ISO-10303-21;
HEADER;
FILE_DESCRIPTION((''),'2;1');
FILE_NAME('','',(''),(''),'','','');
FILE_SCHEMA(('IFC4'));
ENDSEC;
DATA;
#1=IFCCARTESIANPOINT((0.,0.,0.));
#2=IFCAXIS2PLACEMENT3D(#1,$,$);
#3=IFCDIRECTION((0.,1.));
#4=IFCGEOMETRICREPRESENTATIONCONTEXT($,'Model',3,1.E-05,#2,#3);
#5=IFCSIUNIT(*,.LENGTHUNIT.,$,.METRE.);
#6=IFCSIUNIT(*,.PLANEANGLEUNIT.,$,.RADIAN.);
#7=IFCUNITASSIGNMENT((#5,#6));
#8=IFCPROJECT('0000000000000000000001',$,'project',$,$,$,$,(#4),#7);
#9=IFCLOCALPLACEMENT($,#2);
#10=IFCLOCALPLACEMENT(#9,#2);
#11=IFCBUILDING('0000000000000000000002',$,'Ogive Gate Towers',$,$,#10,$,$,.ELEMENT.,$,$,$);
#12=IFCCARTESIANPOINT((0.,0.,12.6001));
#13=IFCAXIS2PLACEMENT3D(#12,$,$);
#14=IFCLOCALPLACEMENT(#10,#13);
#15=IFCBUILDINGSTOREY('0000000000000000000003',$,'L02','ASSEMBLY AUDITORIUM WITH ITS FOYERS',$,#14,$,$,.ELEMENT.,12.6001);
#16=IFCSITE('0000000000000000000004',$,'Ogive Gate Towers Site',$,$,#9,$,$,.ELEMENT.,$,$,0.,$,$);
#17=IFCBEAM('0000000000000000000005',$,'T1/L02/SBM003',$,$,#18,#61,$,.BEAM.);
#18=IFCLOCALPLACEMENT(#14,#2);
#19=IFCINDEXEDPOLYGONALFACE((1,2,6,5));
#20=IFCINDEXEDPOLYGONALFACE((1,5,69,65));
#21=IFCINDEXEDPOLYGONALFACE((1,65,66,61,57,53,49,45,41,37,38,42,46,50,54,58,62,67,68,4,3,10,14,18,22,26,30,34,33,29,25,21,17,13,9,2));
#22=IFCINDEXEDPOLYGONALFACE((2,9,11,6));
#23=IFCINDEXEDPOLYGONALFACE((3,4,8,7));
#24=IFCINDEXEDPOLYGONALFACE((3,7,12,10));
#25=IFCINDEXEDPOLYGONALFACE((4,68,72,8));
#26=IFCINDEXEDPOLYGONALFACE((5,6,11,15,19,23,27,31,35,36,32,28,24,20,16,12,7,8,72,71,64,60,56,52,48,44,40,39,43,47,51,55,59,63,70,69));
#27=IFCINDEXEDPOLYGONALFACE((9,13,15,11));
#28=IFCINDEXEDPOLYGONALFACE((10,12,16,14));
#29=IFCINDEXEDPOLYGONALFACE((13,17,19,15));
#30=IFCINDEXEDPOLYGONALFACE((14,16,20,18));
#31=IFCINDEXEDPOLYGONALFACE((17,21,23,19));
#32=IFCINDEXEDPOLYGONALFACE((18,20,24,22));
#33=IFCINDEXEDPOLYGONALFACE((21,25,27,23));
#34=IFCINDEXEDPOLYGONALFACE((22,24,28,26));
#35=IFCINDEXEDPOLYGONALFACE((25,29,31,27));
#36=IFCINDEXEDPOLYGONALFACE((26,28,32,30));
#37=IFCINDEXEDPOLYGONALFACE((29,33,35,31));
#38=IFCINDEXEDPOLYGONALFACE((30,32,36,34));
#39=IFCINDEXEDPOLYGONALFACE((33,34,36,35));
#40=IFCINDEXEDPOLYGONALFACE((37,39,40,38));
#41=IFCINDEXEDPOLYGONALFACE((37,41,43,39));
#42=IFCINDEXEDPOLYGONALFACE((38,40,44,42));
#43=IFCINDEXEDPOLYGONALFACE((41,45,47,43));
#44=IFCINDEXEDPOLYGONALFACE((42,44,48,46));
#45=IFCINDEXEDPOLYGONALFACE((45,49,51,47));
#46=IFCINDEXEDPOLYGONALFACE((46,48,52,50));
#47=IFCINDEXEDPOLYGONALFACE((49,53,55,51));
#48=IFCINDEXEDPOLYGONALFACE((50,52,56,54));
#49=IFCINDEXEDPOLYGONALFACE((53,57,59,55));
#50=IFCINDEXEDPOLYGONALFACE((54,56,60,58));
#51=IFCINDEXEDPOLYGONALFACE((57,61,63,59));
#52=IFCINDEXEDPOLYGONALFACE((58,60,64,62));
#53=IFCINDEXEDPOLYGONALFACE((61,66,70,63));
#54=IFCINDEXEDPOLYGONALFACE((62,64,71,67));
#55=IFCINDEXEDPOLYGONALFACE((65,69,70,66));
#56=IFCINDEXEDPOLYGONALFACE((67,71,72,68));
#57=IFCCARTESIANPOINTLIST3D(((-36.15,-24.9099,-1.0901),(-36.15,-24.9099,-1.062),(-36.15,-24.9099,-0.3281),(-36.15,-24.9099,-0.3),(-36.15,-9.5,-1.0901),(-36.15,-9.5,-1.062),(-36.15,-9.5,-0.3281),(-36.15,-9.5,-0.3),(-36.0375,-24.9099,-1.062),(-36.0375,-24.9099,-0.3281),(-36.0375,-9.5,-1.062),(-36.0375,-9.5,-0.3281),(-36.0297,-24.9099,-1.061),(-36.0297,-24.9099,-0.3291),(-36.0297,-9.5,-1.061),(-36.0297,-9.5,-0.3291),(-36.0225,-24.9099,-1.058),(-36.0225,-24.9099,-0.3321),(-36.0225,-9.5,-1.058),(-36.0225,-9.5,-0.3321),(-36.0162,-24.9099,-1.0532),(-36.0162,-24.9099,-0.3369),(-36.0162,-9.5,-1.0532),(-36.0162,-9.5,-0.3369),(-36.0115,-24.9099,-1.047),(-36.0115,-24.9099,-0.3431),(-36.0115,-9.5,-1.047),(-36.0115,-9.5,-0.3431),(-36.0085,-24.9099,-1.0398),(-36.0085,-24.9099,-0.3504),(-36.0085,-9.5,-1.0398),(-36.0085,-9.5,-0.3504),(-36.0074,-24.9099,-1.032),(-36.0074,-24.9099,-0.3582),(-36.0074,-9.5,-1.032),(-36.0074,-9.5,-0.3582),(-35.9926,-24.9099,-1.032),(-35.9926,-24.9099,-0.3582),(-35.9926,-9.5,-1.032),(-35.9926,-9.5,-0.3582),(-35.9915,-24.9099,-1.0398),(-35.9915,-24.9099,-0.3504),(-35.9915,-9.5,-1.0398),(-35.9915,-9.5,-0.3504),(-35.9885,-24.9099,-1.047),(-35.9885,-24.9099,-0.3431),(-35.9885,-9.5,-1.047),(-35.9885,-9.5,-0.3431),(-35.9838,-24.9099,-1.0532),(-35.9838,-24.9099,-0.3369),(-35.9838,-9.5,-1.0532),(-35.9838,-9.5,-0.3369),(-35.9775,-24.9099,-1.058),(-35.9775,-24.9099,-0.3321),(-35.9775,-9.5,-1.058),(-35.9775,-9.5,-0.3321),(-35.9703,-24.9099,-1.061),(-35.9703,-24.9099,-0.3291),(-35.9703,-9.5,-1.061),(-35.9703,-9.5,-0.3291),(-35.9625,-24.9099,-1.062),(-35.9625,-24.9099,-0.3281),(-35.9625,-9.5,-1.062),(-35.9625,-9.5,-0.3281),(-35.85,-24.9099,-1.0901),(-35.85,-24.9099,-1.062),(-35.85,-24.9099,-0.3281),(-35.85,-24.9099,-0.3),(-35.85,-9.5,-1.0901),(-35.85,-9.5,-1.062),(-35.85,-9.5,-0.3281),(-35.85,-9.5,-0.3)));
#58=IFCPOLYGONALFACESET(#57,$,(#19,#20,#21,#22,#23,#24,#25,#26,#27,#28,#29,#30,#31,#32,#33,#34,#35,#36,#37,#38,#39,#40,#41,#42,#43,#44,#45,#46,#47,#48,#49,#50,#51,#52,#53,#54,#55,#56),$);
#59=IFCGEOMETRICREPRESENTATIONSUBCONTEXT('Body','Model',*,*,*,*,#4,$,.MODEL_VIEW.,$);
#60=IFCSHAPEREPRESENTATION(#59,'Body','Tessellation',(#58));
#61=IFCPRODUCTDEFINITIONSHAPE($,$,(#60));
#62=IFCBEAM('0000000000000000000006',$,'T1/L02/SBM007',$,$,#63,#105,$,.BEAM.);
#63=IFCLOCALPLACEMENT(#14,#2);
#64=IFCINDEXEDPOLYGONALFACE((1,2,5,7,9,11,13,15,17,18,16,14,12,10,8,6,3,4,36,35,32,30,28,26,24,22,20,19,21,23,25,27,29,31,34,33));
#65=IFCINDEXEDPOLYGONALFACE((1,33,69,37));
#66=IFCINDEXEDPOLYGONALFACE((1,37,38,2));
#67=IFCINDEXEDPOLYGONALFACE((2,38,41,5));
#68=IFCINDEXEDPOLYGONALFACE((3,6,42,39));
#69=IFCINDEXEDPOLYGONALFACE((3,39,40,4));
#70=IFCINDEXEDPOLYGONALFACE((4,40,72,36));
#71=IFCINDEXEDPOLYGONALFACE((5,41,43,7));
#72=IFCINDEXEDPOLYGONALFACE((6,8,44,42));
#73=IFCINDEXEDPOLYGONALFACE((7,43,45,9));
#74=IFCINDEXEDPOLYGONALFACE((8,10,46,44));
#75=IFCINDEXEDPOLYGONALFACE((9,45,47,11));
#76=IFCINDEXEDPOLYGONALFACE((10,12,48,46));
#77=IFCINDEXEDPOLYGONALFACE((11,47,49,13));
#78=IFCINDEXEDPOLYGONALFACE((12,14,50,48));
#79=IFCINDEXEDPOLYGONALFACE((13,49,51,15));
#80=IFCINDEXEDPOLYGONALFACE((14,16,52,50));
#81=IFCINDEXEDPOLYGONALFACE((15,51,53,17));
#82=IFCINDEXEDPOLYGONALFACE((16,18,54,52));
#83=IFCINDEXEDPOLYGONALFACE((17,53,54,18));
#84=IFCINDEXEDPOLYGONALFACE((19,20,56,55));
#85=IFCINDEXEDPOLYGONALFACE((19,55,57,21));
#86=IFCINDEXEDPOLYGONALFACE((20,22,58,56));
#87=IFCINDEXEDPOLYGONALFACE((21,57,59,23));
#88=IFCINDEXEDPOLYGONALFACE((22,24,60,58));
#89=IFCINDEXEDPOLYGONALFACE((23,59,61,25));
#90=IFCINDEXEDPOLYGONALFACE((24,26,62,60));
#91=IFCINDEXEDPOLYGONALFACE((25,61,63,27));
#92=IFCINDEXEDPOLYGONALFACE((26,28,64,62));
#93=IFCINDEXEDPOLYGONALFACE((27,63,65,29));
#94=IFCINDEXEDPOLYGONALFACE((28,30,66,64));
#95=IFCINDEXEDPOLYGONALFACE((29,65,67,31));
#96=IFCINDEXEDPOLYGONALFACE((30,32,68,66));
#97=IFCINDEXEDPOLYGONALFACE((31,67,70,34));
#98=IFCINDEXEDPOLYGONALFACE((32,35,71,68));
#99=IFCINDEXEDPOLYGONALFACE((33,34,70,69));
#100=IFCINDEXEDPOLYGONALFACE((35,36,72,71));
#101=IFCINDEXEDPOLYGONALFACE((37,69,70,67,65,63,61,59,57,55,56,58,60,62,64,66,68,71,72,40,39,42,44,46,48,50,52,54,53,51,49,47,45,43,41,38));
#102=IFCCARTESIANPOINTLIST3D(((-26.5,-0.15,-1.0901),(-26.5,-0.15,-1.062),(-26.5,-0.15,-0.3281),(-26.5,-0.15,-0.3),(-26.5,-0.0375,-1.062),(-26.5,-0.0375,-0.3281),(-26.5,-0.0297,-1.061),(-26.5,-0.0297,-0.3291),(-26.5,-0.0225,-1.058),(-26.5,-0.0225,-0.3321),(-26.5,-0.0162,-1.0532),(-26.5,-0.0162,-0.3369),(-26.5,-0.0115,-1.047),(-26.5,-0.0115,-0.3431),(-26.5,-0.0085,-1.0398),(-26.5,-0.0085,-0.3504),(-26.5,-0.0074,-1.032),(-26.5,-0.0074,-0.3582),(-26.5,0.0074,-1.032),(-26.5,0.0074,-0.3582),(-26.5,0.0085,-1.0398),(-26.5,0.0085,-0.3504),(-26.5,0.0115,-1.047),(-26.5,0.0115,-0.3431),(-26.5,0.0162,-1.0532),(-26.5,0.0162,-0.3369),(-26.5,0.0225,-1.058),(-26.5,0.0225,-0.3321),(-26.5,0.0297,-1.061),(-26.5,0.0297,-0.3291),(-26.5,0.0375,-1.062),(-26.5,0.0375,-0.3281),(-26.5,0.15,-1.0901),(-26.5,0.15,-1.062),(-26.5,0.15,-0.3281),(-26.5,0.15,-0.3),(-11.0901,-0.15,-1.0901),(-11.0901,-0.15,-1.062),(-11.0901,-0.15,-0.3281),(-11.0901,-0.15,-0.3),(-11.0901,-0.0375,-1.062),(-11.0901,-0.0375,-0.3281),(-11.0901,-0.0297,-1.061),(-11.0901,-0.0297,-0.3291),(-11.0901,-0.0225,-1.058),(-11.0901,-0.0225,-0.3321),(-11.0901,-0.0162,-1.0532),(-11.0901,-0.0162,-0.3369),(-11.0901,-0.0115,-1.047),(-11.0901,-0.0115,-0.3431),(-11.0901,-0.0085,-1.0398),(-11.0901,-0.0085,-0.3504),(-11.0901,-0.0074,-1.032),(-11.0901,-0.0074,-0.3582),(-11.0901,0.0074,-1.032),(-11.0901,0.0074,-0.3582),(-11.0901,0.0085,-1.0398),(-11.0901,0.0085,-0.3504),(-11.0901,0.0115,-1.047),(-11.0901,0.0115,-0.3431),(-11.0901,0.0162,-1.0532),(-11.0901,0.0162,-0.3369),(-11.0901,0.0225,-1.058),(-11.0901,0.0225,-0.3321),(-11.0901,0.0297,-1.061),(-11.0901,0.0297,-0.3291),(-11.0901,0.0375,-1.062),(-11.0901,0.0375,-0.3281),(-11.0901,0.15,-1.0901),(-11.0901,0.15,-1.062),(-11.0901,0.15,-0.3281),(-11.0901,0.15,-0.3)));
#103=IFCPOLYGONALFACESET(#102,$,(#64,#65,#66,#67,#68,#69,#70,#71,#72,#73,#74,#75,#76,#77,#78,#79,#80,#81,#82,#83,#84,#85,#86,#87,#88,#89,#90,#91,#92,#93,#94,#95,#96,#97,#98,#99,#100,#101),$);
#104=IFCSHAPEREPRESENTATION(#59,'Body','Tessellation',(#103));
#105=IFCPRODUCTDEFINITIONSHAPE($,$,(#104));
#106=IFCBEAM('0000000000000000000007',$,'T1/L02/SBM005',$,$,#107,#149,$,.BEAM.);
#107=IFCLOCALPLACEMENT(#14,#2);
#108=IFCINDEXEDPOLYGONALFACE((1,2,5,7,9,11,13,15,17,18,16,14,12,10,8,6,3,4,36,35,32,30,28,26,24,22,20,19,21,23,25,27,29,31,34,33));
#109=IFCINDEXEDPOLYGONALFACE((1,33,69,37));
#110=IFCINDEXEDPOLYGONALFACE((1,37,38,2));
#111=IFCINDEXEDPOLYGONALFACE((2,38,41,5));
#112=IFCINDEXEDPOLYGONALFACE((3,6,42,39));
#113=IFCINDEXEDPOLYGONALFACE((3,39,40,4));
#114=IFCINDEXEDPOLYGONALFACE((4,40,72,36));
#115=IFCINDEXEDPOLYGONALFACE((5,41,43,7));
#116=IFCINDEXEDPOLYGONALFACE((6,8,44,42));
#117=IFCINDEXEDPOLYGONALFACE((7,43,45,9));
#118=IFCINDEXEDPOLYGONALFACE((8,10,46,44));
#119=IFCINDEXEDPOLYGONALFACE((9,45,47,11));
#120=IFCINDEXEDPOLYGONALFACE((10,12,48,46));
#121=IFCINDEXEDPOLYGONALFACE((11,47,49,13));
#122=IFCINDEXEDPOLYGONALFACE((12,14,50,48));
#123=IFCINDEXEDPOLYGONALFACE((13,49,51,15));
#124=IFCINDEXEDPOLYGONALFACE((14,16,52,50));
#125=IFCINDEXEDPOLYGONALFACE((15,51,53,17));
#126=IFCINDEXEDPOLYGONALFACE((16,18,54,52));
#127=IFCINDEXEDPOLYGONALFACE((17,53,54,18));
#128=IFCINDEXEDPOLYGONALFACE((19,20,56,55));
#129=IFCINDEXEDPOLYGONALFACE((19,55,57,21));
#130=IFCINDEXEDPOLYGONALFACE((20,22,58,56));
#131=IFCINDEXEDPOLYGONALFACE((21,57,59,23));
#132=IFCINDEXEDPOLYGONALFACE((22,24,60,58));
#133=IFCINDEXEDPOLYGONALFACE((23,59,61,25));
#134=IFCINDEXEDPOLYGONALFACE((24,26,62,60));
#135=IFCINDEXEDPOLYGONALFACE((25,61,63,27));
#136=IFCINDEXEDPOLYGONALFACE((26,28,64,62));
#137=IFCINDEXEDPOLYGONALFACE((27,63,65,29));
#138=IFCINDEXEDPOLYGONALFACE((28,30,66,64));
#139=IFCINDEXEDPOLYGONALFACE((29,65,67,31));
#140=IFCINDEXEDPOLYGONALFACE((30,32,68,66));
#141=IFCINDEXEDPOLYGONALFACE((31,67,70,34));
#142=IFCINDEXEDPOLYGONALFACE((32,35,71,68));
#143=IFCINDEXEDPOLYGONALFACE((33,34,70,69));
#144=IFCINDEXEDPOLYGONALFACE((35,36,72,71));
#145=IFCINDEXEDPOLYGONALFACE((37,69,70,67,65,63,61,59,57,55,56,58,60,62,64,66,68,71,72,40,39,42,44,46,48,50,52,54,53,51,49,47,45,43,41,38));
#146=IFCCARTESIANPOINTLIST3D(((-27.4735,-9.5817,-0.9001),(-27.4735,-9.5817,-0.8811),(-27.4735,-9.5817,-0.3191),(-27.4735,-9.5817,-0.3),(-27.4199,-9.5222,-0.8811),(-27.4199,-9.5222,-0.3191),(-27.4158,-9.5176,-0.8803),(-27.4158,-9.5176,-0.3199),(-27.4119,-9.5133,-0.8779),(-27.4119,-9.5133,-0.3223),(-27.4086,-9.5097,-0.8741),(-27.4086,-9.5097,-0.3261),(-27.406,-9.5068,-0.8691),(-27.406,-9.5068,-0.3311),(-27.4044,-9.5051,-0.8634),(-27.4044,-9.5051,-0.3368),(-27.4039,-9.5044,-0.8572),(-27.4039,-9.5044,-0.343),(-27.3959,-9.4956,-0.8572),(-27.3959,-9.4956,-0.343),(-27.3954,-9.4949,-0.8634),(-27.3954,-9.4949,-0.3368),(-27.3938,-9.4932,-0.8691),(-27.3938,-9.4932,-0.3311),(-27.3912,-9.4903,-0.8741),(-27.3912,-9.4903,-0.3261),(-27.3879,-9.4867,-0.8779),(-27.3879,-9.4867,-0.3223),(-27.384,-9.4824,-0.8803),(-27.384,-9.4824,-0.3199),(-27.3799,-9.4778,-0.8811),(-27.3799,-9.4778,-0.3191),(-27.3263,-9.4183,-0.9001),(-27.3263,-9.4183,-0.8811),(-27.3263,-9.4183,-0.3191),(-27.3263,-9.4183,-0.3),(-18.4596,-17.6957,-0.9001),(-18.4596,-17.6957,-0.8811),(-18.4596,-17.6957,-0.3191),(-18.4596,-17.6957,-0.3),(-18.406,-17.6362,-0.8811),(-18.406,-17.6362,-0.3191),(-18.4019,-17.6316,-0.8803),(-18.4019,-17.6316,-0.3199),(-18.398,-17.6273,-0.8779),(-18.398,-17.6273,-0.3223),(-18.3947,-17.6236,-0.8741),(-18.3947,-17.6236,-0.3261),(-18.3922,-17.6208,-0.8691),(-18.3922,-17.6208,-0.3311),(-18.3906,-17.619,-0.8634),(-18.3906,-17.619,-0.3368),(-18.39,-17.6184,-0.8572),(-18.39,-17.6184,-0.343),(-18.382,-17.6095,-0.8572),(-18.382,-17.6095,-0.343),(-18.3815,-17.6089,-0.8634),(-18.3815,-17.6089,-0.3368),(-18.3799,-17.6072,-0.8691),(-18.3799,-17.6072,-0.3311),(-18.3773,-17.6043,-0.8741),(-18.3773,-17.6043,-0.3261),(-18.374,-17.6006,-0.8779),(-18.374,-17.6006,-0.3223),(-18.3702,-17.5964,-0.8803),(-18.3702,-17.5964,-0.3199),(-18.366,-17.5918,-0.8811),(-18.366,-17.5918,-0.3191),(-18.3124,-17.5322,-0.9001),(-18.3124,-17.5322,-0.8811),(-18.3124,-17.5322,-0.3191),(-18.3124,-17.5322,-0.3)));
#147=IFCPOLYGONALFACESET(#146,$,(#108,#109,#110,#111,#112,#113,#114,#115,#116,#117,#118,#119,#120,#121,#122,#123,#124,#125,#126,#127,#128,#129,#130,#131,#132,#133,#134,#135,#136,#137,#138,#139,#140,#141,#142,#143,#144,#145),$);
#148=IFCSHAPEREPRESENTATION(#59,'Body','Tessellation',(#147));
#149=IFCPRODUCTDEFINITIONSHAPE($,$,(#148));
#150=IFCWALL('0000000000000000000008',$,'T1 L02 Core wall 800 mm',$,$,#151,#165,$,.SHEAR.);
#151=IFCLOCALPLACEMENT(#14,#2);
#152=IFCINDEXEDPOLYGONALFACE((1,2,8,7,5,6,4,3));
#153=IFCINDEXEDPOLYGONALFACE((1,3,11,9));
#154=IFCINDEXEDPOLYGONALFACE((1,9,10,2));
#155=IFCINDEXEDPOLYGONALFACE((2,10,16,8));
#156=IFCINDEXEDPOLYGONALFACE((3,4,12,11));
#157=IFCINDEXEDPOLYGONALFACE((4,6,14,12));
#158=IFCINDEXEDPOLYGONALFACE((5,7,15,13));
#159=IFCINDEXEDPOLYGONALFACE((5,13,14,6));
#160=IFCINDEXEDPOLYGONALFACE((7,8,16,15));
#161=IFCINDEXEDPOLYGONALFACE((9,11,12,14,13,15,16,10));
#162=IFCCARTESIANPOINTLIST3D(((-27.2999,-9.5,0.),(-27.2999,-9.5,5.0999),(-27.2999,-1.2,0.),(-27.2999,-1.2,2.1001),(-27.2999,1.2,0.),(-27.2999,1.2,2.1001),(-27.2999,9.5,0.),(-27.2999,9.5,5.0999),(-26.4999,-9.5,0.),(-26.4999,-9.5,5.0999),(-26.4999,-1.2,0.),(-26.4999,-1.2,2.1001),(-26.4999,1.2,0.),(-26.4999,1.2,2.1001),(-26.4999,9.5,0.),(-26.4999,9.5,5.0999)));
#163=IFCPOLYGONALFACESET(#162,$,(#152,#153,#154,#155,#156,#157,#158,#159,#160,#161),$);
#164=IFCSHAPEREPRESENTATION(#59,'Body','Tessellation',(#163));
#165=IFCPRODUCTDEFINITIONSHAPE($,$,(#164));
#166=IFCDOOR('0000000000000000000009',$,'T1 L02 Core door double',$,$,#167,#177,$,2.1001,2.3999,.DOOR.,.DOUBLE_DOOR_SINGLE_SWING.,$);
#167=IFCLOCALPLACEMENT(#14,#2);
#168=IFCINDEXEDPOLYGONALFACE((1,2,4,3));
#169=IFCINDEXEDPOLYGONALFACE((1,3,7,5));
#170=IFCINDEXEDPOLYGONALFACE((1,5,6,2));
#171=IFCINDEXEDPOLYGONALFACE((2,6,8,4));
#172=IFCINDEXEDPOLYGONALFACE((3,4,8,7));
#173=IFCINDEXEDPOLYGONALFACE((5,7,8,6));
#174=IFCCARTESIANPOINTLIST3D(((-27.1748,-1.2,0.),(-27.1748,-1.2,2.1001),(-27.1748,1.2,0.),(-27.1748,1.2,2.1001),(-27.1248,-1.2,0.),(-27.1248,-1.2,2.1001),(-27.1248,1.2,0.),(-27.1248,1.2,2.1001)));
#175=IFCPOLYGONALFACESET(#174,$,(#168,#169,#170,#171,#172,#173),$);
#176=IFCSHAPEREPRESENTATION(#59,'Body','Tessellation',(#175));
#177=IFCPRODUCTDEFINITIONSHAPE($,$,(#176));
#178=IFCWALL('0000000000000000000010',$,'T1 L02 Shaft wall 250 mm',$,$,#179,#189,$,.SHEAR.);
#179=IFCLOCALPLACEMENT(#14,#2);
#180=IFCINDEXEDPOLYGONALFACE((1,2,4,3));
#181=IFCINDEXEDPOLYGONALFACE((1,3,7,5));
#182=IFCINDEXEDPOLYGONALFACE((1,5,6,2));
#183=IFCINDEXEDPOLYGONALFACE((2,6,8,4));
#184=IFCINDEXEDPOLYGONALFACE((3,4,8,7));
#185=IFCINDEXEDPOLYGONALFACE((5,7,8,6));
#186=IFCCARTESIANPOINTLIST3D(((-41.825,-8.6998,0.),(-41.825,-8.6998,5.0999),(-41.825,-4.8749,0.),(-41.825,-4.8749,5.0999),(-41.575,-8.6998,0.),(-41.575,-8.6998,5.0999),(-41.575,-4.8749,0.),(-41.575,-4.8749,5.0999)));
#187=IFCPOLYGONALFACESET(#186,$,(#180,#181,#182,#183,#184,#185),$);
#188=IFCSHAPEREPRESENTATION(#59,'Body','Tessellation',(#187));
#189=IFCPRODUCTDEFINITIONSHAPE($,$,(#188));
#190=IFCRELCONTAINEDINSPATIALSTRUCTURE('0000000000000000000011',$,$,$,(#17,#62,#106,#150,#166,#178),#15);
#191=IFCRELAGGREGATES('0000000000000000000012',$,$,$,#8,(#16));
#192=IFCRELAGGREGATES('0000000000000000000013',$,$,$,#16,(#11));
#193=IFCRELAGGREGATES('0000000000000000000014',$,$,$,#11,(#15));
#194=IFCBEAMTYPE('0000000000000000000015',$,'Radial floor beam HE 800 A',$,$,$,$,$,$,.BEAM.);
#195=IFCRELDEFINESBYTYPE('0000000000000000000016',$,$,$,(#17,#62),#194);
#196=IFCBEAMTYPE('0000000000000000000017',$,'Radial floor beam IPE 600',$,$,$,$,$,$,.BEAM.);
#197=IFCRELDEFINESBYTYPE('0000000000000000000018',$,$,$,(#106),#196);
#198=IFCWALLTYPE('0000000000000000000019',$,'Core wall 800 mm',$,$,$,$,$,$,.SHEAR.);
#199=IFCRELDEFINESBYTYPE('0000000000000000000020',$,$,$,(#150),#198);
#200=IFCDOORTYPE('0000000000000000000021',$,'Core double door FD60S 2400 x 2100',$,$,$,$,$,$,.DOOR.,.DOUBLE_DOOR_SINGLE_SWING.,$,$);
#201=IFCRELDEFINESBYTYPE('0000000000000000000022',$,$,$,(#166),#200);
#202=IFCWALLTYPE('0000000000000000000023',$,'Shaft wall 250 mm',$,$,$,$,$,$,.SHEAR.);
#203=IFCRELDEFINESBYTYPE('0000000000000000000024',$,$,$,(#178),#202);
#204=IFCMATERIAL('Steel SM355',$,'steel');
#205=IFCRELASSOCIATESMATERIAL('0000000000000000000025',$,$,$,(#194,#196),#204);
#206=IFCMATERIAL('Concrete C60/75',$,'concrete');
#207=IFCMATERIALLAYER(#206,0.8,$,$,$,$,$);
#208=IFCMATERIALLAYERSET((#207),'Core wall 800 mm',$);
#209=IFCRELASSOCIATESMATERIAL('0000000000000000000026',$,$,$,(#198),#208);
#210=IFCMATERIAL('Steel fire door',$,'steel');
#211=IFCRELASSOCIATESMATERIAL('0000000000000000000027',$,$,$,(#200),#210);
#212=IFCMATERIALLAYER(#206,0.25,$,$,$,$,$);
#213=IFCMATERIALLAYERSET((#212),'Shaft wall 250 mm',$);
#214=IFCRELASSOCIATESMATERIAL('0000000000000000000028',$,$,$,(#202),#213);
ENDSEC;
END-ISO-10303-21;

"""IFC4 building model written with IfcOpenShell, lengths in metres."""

from ifc_helpers import new_model, si_unit, direction, frame, frame_2d, origin, origin_2d, place, context, subcontext, project, spatial, rectangle, i_section, extrude, material, layer, layer_set, material_profile, profile_set, type_object, element, fill, save


model = new_model("IFC4")

# Units and contexts
model_context = context("Model", 3, precision=1e-05, world=origin(), true_north=direction((0.0, 1.0)))
body_context = subcontext(model_context, "Body", "Model", "MODEL_VIEW")
ifc_project = project(units=[si_unit("LENGTHUNIT", "METRE"), si_unit("PLANEANGLEUNIT", "RADIAN")], contexts=[model_context])

# Site, building, storey
site_placement = place(None, origin())
site = spatial("IfcSite", under=ifc_project, at=site_placement, Name="Ogive Gate Towers Site", CompositionType="ELEMENT", RefElevation=0.0)
building_placement = place(site_placement, origin())
building = spatial("IfcBuilding", under=site, at=building_placement, Name="Ogive Gate Towers", CompositionType="ELEMENT")
storey_placement = place(building_placement, frame((0.0, 0.0, 12.6001)))
storey = spatial("IfcBuildingStorey", under=building, at=storey_placement, Name="L02", Description="ASSEMBLY AUDITORIUM WITH ITS FOYERS", CompositionType="ELEMENT", Elevation=12.6001)

# Beams
ifc_material_1 = material(Name="Steel SM355", Category="steel")
ifc_material_profile_1 = material_profile(ifc_material_1, i_section(OverallWidth=0.3, OverallDepth=0.79, WebThickness=0.0149, FlangeThickness=0.0281, FilletRadius=0.03, at=origin_2d()), Name="HE 800 A")
ifc_profile_set_1 = profile_set([ifc_material_profile_1], Name="Steel SM355")
beam_type_1 = type_object("IfcBeamType", Name="Radial floor beam HE 800 A", PredefinedType="BEAM", material=ifc_profile_set_1)
for number, where, z_axis, x_axis, name in (
    (1, (-36.0, -9.5, -0.6951), (0.0, -1.0, 0.0), (1.0, 0.0, 0.0), "T1/L02/SBM003"),
    (2, (-26.5, 0.0, -0.6951), (1.0, 0.0, 0.0), (0.0, 1.0, 0.0), "T1/L02/SBM007"),
):
    element("IfcBeam", number, at=place(storey_placement, frame(where, z_axis=z_axis, x_axis=x_axis)), inside=storey, type_object=beam_type_1, Name=name, PredefinedType="BEAM", context=body_context, shape_type="SweptSolid", body=[
        extrude(i_section(OverallWidth=0.3, OverallDepth=0.79, WebThickness=0.0149, FlangeThickness=0.0281, FilletRadius=0.03, at=origin_2d()), origin(), (0.0, 0.0, 1.0), 15.4099),
    ])
ifc_material_profile_2 = material_profile(ifc_material_1, i_section(OverallWidth=0.22, OverallDepth=0.6001, WebThickness=0.012, FlangeThickness=0.019, FilletRadius=0.0239, at=origin_2d()), Name="IPE 600")
ifc_profile_set_2 = profile_set([ifc_material_profile_2], Name="Steel SM355")
beam_type_2 = type_object("IfcBeamType", Name="Radial floor beam IPE 600", PredefinedType="BEAM", material=ifc_profile_set_2)
beam_1_placement = place(storey_placement, frame((-27.3999, -9.5, -0.6001), z_axis=(0.743233, -0.669033, 0.0), x_axis=(0.669033, 0.743233, 0.0)))
element("IfcBeam", 3, at=beam_1_placement, inside=storey, type_object=beam_type_2, Name="T1/L02/SBM005", PredefinedType="BEAM", context=body_context, shape_type="SweptSolid", body=[
    extrude(i_section(OverallWidth=0.22, OverallDepth=0.6001, WebThickness=0.012, FlangeThickness=0.019, FilletRadius=0.0239, at=origin_2d()), origin(), (0.0, 0.0, 1.0), 12.1279),
])

# Wall, opening, door
ifc_material_2 = material(Name="Concrete C60/75", Category="concrete")
ifc_layer_1 = layer(ifc_material_2, 0.8)
ifc_layer_set_1 = layer_set([ifc_layer_1], Name="Core wall 800 mm")
wall_type_1 = type_object("IfcWallType", Name="Core wall 800 mm", PredefinedType="SHEAR", material=ifc_layer_set_1)
wall_1_placement = place(storey_placement, frame((-26.8999, -9.5, 0.0), z_axis=(0.0, 0.0, 1.0), x_axis=(0.0, 1.0, 0.0)))
wall_1 = element("IfcWall", 4, at=wall_1_placement, inside=storey, type_object=wall_type_1, Name="T1 L02 Core wall 800 mm", PredefinedType="SHEAR", context=body_context, shape_type="SweptSolid", body=[
    extrude(rectangle(XDim=19.0, YDim=0.8, at=frame_2d((9.5, 0.0))), origin(), (0.0, 0.0, 1.0), 5.0999),
])
opening_1_placement = place(wall_1_placement, frame((8.3, 0.0, 0.0)))
opening_1 = element("IfcOpeningElement", 5, at=opening_1_placement, cuts=wall_1, PredefinedType="OPENING", context=body_context, shape_type="SweptSolid", body=[
    extrude(rectangle(XDim=2.3999, YDim=2.1001, at=frame_2d((1.2, 1.05))), frame((0.0, 0.4102, 0.0), z_axis=(0.0, -1.0, 0.0), x_axis=(1.0, 0.0, 0.0)), (0.0, 0.0, 1.0), 0.8201),
])
ifc_material_3 = material(Name="Steel fire door", Category="steel")
door_type_1 = type_object("IfcDoorType", Name="Core double door FD60S 2400 x 2100", OperationType="DOUBLE_DOOR_SINGLE_SWING", PredefinedType="DOOR", material=ifc_material_3)
door_1_placement = place(opening_1_placement, origin())
door_1 = element("IfcDoor", 6, at=door_1_placement, inside=storey, type_object=door_type_1, Name="T1 L02 Core door double", OperationType="DOUBLE_DOOR_SINGLE_SWING", OverallHeight=2.1001, OverallWidth=2.3999, PredefinedType="DOOR", context=body_context, shape_type="SweptSolid", body=[
    extrude(rectangle(XDim=2.3999, YDim=2.1001, at=frame_2d((1.2, 1.05))), frame((0.0, 0.2749, 0.0), z_axis=(0.0, -1.0, 0.0), x_axis=(1.0, 0.0, 0.0)), (0.0, 0.0, 1.0), 0.05),
])
fill(opening_1, door_1)

# Wall
ifc_layer_2 = layer(ifc_material_2, 0.25)
ifc_layer_set_2 = layer_set([ifc_layer_2], Name="Shaft wall 250 mm")
wall_type_2 = type_object("IfcWallType", Name="Shaft wall 250 mm", PredefinedType="SHEAR", material=ifc_layer_set_2)
wall_2_placement = place(storey_placement, frame((-41.7, -8.7, 0.0), z_axis=(0.0, 0.0, 1.0), x_axis=(0.0, 1.0, 0.0)))
element("IfcWall", 7, at=wall_2_placement, inside=storey, type_object=wall_type_2, Name="T1 L02 Shaft wall 250 mm", PredefinedType="SHEAR", context=body_context, shape_type="SweptSolid", body=[
    extrude(rectangle(XDim=3.825, YDim=0.25, at=frame_2d((1.9126, 0.0))), origin(), (0.0, 0.0, 1.0), 5.0999),
])

save(model, "model.ifc")
